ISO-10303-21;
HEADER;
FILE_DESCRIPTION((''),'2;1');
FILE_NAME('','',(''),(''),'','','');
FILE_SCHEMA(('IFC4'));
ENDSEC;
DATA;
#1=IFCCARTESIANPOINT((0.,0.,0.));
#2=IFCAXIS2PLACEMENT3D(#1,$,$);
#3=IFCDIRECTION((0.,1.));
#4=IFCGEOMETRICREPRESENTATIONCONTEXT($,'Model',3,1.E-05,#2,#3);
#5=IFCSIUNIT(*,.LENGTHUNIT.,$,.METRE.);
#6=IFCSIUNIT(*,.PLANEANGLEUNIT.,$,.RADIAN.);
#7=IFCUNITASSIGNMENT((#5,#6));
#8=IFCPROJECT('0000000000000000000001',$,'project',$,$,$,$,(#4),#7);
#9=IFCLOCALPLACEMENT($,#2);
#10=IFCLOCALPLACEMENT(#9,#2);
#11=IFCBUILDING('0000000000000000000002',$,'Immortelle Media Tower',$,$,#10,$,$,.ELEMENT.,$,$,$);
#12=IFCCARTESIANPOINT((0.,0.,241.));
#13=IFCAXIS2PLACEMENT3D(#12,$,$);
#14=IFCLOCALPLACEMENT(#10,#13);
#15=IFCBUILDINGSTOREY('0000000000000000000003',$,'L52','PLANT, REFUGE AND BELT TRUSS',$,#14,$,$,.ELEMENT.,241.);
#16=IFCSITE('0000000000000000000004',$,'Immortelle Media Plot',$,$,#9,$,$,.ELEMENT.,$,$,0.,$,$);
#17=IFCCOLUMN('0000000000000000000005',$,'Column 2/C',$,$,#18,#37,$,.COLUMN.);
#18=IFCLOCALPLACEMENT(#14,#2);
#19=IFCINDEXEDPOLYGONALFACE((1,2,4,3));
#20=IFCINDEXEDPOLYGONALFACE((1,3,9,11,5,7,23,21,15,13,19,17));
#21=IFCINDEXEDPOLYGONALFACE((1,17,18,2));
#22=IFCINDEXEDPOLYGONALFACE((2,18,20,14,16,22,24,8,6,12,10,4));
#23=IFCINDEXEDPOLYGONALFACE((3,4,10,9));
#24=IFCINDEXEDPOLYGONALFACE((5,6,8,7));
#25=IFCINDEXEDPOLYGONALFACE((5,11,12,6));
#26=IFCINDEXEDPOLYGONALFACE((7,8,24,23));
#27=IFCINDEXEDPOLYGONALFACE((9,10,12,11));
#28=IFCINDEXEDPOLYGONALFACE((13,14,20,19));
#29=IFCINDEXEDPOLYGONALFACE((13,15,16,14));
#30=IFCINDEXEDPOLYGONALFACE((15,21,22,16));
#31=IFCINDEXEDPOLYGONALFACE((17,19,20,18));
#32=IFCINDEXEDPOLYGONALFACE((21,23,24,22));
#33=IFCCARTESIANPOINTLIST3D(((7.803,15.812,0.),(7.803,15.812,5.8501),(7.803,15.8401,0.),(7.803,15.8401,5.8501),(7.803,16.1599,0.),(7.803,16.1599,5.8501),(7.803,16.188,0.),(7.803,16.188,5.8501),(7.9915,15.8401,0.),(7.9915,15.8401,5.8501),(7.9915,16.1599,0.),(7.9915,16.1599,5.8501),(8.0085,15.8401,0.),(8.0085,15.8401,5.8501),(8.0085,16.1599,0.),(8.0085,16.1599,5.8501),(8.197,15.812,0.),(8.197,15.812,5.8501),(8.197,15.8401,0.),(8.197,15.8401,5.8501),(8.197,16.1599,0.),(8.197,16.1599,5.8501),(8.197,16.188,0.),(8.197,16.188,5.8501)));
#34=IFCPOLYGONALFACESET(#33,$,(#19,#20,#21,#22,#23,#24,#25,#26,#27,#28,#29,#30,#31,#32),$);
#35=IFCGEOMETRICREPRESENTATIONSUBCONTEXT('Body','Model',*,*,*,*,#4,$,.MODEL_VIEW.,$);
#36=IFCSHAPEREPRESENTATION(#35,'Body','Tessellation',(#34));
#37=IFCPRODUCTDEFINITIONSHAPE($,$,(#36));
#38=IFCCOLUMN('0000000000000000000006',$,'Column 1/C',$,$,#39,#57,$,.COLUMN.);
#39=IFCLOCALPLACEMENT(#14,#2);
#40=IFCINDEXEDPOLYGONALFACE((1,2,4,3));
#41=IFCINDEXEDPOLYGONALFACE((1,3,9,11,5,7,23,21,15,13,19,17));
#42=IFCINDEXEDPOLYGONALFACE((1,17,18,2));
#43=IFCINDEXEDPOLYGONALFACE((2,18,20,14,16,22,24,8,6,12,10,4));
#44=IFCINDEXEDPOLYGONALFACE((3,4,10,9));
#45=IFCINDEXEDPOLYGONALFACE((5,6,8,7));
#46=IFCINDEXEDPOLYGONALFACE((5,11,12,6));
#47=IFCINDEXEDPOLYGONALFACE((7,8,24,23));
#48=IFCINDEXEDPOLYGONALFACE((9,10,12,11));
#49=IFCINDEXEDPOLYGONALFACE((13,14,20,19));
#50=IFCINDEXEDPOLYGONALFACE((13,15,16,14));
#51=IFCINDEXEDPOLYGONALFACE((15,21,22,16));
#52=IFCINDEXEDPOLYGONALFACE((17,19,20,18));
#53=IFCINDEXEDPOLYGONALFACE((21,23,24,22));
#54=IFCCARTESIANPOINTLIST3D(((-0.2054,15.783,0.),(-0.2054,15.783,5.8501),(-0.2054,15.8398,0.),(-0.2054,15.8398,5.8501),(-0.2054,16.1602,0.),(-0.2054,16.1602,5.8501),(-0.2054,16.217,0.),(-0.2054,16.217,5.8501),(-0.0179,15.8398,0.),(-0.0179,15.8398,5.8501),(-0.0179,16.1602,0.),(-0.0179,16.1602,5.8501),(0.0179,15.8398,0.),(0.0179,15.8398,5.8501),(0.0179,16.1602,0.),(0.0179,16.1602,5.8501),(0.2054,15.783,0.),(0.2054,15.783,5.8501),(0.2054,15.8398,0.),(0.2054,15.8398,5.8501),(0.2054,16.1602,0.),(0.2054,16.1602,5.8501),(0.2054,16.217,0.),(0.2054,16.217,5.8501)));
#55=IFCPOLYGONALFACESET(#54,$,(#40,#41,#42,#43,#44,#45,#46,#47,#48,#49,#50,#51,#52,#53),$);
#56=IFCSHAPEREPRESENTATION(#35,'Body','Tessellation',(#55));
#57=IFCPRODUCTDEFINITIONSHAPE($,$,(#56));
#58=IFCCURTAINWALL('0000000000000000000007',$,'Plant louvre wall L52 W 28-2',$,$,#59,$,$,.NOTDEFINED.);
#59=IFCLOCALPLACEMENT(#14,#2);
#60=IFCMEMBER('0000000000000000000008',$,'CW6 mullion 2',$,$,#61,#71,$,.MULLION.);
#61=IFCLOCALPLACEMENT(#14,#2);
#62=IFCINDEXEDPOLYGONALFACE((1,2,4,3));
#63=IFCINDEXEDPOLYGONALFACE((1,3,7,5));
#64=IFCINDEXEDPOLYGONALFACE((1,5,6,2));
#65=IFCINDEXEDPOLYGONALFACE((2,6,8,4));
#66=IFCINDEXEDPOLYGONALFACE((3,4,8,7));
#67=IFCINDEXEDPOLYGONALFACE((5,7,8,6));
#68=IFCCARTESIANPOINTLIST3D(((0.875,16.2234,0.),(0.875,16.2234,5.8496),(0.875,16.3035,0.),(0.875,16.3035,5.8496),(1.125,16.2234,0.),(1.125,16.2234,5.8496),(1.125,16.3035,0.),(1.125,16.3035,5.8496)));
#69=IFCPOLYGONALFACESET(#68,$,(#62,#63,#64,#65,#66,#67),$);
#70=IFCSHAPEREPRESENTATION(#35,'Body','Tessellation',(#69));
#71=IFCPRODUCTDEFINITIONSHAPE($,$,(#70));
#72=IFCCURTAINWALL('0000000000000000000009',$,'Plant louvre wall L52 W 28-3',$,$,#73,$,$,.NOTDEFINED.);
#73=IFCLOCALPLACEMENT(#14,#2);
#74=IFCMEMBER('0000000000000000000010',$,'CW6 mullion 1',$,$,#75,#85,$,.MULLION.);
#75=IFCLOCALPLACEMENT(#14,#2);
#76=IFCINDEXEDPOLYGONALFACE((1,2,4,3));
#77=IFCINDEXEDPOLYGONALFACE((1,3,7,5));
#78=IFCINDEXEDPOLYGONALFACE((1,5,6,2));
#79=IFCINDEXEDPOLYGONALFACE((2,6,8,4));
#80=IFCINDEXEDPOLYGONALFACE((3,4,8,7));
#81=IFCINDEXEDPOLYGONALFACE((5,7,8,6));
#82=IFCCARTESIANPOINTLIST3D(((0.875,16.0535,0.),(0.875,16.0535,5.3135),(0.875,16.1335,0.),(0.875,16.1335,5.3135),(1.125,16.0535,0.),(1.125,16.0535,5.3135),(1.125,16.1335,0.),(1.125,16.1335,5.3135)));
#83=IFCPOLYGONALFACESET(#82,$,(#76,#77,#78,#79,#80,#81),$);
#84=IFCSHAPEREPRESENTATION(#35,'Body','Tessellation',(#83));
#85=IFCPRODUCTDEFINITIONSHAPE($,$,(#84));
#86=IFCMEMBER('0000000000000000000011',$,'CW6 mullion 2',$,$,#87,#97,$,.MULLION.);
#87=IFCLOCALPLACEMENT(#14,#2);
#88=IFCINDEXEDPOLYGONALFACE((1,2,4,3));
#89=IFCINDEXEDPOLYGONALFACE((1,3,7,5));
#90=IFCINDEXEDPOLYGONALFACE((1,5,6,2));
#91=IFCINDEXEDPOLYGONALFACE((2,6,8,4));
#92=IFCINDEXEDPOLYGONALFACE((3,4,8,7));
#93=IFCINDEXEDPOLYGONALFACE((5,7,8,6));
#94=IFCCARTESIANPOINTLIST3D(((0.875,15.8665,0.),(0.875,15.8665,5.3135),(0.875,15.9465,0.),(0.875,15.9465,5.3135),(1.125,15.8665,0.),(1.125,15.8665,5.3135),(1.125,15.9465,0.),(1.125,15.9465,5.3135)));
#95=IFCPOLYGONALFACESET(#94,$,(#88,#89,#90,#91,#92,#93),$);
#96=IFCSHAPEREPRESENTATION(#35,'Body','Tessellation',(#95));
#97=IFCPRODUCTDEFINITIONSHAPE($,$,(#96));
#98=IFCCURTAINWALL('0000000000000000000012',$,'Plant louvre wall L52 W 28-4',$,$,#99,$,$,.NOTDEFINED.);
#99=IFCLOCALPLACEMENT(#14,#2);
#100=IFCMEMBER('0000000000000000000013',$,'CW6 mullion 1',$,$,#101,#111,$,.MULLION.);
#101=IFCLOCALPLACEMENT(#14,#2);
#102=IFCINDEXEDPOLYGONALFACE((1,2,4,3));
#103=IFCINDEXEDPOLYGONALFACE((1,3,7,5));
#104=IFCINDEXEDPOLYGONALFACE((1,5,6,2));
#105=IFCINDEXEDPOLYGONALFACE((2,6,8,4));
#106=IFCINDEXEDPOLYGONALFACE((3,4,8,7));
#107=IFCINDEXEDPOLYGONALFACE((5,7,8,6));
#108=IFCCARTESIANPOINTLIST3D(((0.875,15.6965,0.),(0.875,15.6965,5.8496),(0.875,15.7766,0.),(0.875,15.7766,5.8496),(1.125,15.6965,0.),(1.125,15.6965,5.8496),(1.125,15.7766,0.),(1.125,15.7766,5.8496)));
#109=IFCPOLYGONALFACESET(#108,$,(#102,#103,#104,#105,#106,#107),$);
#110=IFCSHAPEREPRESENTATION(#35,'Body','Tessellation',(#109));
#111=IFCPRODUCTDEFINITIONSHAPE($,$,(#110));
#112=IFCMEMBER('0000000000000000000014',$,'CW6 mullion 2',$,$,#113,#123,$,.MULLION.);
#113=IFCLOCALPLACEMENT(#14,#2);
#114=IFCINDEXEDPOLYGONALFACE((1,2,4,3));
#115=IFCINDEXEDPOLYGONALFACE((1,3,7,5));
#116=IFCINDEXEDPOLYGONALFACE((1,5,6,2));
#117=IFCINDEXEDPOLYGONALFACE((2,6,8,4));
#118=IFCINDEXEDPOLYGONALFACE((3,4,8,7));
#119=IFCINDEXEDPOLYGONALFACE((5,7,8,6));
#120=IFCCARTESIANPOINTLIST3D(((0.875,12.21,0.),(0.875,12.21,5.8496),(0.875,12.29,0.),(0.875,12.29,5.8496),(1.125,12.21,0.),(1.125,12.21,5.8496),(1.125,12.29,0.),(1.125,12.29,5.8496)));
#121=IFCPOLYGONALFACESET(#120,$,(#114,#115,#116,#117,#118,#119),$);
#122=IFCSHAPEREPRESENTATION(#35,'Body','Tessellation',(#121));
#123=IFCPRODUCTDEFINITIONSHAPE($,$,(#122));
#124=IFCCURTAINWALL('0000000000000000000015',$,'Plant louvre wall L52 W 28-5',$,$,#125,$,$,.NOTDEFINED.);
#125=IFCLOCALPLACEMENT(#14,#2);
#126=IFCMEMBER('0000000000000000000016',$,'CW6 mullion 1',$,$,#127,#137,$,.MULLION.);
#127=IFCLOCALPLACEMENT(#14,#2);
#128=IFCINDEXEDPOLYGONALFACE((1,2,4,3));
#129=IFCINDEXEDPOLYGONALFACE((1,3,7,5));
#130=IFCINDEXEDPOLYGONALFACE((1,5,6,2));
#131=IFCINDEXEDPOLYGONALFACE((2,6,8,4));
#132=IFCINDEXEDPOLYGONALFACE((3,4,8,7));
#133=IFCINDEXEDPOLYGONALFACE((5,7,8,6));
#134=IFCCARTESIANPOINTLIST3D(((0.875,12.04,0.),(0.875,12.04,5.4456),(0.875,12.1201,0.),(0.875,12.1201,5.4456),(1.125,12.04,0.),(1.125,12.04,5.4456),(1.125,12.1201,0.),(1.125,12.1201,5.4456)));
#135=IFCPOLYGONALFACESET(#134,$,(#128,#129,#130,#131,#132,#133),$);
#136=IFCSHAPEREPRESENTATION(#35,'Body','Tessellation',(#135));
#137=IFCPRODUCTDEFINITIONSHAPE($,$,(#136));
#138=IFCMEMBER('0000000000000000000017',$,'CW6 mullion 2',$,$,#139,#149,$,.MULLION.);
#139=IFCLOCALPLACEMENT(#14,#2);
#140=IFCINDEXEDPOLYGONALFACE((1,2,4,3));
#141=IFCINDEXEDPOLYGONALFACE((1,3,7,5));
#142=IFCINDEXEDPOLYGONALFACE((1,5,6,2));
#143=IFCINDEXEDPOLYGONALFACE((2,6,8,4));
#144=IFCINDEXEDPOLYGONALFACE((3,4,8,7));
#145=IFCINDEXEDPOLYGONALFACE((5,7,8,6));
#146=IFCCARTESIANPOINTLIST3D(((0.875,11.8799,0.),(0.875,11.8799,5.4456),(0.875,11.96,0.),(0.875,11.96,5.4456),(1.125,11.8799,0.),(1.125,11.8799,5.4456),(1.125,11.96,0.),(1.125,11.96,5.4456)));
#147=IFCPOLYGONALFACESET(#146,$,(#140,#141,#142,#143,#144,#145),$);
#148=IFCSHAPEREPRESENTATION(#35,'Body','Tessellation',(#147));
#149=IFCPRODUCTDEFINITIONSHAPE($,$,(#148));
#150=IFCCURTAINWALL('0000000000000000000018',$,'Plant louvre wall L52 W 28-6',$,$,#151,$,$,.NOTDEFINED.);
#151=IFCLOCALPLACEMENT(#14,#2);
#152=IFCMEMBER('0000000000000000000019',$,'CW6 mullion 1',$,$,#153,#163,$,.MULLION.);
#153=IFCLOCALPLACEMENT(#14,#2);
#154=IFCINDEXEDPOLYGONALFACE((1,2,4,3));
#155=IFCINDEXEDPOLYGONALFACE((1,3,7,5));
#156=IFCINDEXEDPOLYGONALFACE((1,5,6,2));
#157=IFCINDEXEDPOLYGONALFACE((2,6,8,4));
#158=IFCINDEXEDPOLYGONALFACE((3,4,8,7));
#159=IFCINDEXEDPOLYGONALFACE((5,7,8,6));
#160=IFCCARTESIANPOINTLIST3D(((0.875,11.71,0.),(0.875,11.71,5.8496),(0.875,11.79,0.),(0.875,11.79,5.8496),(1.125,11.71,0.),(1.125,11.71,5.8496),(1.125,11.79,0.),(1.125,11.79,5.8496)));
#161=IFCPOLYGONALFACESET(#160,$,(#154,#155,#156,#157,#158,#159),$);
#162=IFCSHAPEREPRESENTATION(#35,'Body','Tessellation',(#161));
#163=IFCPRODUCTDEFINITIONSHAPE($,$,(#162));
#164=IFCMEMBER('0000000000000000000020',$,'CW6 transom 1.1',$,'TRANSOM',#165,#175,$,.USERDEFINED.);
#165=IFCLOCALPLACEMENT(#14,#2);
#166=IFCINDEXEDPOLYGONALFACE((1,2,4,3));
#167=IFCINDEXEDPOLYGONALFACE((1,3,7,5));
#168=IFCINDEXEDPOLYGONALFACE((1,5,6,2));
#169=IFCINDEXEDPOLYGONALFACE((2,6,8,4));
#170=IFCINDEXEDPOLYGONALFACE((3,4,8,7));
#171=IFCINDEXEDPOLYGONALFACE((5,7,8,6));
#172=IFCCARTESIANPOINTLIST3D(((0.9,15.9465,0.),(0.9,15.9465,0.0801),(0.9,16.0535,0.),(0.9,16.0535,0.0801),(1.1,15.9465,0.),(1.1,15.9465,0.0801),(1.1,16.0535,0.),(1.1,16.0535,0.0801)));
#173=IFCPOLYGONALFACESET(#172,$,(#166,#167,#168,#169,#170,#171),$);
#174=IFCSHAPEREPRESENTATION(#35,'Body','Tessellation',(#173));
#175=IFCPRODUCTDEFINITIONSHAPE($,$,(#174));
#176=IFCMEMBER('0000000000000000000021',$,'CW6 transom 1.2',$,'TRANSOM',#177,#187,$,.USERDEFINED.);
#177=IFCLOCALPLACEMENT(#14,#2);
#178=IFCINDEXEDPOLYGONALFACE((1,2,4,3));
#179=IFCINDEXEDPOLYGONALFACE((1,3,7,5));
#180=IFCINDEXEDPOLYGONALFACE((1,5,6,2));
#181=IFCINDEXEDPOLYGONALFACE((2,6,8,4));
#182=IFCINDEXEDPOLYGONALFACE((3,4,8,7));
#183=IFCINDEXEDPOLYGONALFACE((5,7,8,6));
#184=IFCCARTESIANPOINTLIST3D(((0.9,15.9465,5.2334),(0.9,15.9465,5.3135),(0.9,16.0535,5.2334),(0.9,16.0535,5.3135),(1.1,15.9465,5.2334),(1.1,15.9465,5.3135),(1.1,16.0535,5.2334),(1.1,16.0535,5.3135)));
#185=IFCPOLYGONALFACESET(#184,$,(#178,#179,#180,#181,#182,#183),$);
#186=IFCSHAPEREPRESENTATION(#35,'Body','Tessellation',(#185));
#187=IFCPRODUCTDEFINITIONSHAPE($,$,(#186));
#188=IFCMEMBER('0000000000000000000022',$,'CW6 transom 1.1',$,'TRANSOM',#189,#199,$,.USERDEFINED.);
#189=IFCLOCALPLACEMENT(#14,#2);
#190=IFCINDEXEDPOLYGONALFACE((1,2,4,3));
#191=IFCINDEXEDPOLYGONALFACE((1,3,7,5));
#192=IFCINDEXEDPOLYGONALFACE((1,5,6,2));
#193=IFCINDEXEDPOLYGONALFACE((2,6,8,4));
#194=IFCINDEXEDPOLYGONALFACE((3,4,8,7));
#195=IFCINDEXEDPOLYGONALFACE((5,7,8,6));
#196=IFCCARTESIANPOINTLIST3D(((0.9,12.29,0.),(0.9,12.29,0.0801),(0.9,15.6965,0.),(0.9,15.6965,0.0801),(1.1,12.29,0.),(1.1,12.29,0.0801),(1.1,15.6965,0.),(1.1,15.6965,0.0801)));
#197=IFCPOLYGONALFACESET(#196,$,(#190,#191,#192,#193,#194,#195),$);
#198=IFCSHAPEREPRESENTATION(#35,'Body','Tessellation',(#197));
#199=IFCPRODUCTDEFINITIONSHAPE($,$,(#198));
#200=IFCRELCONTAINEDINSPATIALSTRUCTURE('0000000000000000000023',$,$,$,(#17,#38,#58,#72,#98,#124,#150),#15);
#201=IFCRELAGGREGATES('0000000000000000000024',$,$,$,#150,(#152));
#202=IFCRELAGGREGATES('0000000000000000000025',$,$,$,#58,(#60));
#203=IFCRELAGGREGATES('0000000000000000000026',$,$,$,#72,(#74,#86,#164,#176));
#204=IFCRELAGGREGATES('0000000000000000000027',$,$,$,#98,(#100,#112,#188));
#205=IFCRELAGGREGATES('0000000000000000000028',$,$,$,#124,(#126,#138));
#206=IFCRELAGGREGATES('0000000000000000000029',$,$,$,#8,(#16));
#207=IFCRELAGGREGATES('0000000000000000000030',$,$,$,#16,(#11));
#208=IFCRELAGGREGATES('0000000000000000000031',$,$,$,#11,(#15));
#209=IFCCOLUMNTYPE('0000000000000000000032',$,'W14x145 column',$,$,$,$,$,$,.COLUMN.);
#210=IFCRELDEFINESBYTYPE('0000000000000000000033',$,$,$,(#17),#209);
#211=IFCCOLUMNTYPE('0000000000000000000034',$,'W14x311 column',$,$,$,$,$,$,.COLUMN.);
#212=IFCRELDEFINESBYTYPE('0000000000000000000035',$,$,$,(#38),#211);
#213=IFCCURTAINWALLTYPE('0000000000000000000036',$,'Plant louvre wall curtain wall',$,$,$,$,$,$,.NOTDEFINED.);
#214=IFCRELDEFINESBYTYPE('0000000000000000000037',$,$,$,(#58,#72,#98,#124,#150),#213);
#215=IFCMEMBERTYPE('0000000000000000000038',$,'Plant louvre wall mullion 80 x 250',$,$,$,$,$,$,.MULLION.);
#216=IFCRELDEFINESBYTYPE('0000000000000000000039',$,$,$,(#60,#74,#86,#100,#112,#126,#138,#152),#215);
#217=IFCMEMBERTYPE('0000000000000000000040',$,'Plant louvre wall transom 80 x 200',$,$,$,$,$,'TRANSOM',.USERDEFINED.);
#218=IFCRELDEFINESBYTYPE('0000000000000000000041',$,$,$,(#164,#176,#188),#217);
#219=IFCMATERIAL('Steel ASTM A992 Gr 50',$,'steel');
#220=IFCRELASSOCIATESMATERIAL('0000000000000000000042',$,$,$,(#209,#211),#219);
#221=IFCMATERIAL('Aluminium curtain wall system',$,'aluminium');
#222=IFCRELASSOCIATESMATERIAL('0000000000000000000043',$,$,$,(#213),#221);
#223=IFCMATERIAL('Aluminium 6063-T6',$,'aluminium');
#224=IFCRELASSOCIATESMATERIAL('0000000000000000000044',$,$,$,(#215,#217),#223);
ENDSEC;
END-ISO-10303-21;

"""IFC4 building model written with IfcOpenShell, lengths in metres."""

from ifc_helpers import new_model, si_unit, direction, frame, origin, origin_2d, place, context, subcontext, project, spatial, rectangle, i_section, extrude, material, material_profile, profile_set, type_object, element, aggregate, save


model = new_model("IFC4")

# Units and contexts
model_context = context("Model", 3, precision=1e-05, world=origin(), true_north=direction((0.0, 1.0)))
body_context = subcontext(model_context, "Body", "Model", "MODEL_VIEW")
ifc_project = project(units=[si_unit("LENGTHUNIT", "METRE"), si_unit("PLANEANGLEUNIT", "RADIAN")], contexts=[model_context])

# Site, building, storey
site_placement = place(None, origin())
site = spatial("IfcSite", under=ifc_project, at=site_placement, Name="Immortelle Media Plot", CompositionType="ELEMENT", RefElevation=0.0)
building_placement = place(site_placement, origin())
building = spatial("IfcBuilding", under=site, at=building_placement, Name="Immortelle Media Tower", CompositionType="ELEMENT")
storey_placement = place(building_placement, frame((0.0, 0.0, 241.0)))
storey = spatial("IfcBuildingStorey", under=building, at=storey_placement, Name="L52", Description="PLANT, REFUGE AND BELT TRUSS", CompositionType="ELEMENT", Elevation=241.0)

# Columns
ifc_material_1 = material(Name="Steel ASTM A992 Gr 50", Category="steel")
ifc_material_profile_1 = material_profile(ifc_material_1, i_section(OverallWidth=0.394, OverallDepth=0.376, WebThickness=0.0171, FlangeThickness=0.0281, at=origin_2d()), Name="W14x145")
ifc_profile_set_1 = profile_set([ifc_material_profile_1], Name="Steel ASTM A992 Gr 50")
column_type_1 = type_object("IfcColumnType", Name="W14x145 column", PredefinedType="COLUMN", material=ifc_profile_set_1)
column_1_placement = place(storey_placement, frame((8.0, 16.0, 0.0), z_axis=(0.0, 0.0, 1.0), x_axis=(1.0, 0.0, 0.0)))
element("IfcColumn", 1, at=column_1_placement, inside=storey, type_object=column_type_1, Name="Column 2/C", PredefinedType="COLUMN", context=body_context, shape_type="SweptSolid", body=[
    extrude(i_section(OverallWidth=0.394, OverallDepth=0.376, WebThickness=0.0171, FlangeThickness=0.0281, at=origin_2d()), origin(), (0.0, 0.0, 1.0), 5.8501),
])
ifc_material_profile_2 = material_profile(ifc_material_1, i_section(OverallWidth=0.4109, OverallDepth=0.4341, WebThickness=0.0359, FlangeThickness=0.0569, at=origin_2d()), Name="W14x311")
ifc_profile_set_2 = profile_set([ifc_material_profile_2], Name="Steel ASTM A992 Gr 50")
column_type_2 = type_object("IfcColumnType", Name="W14x311 column", PredefinedType="COLUMN", material=ifc_profile_set_2)
column_2_placement = place(storey_placement, frame((0.0, 16.0, 0.0), z_axis=(0.0, 0.0, 1.0), x_axis=(1.0, 0.0, 0.0)))
element("IfcColumn", 2, at=column_2_placement, inside=storey, type_object=column_type_2, Name="Column 1/C", PredefinedType="COLUMN", context=body_context, shape_type="SweptSolid", body=[
    extrude(i_section(OverallWidth=0.4109, OverallDepth=0.4341, WebThickness=0.0359, FlangeThickness=0.0569, at=origin_2d()), origin(), (0.0, 0.0, 1.0), 5.8501),
])

# Curtain wall, member
ifc_material_2 = material(Name="Aluminium curtain wall system", Category="aluminium")
curtain_wall_type = type_object("IfcCurtainWallType", Name="Plant louvre wall curtain wall", PredefinedType="NOTDEFINED", material=ifc_material_2)
curtain_wall_1_placement = place(storey_placement, origin())
curtain_wall_1 = element("IfcCurtainWall", 3, at=curtain_wall_1_placement, inside=storey, type_object=curtain_wall_type, Name="Plant louvre wall L52 W 28-2", PredefinedType="NOTDEFINED")
ifc_material_3 = material(Name="Aluminium 6063-T6", Category="aluminium")
ifc_material_profile_3 = material_profile(ifc_material_3, rectangle(XDim=0.25, YDim=0.0801, at=origin_2d()), Name="AL 80x250")
ifc_profile_set_3 = profile_set([ifc_material_profile_3], Name="Aluminium 6063-T6")
member_type_1 = type_object("IfcMemberType", Name="Plant louvre wall mullion 80 x 250", PredefinedType="MULLION", material=ifc_profile_set_3)
member_1_placement = place(storey_placement, frame((1.0, 16.2634, 0.0), z_axis=(0.0, 0.0, 1.0), x_axis=(1.0, 0.0, 0.0)))
member_1 = element("IfcMember", 4, at=member_1_placement, type_object=member_type_1, Name="CW6 mullion 2", PredefinedType="MULLION", context=body_context, shape_type="SweptSolid", body=[
    extrude(rectangle(XDim=0.25, YDim=0.0801, at=origin_2d()), origin(), (0.0, 0.0, 1.0), 5.8496),
])

# Curtain walls, members
curtain_wall_2_placement = place(storey_placement, origin())
curtain_wall_2 = element("IfcCurtainWall", 5, at=curtain_wall_2_placement, inside=storey, type_object=curtain_wall_type, Name="Plant louvre wall L52 W 28-3", PredefinedType="NOTDEFINED")
member_2_placement = place(storey_placement, frame((1.0, 16.0935, 0.0), z_axis=(0.0, 0.0, 1.0), x_axis=(1.0, 0.0, 0.0)))
member_2 = element("IfcMember", 6, at=member_2_placement, type_object=member_type_1, Name="CW6 mullion 1", PredefinedType="MULLION", context=body_context, shape_type="SweptSolid", body=[
    extrude(rectangle(XDim=0.25, YDim=0.0801, at=origin_2d()), origin(), (0.0, 0.0, 1.0), 5.3135),
])
member_3_placement = place(storey_placement, frame((1.0, 15.9065, 0.0), z_axis=(0.0, 0.0, 1.0), x_axis=(1.0, 0.0, 0.0)))
member_3 = element("IfcMember", 7, at=member_3_placement, type_object=member_type_1, Name="CW6 mullion 2", PredefinedType="MULLION", context=body_context, shape_type="SweptSolid", body=[
    extrude(rectangle(XDim=0.25, YDim=0.0801, at=origin_2d()), origin(), (0.0, 0.0, 1.0), 5.3135),
])
curtain_wall_3_placement = place(storey_placement, origin())
curtain_wall_3 = element("IfcCurtainWall", 8, at=curtain_wall_3_placement, inside=storey, type_object=curtain_wall_type, Name="Plant louvre wall L52 W 28-4", PredefinedType="NOTDEFINED")
member_4_placement = place(storey_placement, frame((1.0, 15.7366, 0.0), z_axis=(0.0, 0.0, 1.0), x_axis=(1.0, 0.0, 0.0)))
member_4 = element("IfcMember", 9, at=member_4_placement, type_object=member_type_1, Name="CW6 mullion 1", PredefinedType="MULLION", context=body_context, shape_type="SweptSolid", body=[
    extrude(rectangle(XDim=0.25, YDim=0.0801, at=origin_2d()), origin(), (0.0, 0.0, 1.0), 5.8496),
])
member_5_placement = place(storey_placement, frame((1.0, 12.25, 0.0), z_axis=(0.0, 0.0, 1.0), x_axis=(1.0, 0.0, 0.0)))
member_5 = element("IfcMember", 10, at=member_5_placement, type_object=member_type_1, Name="CW6 mullion 2", PredefinedType="MULLION", context=body_context, shape_type="SweptSolid", body=[
    extrude(rectangle(XDim=0.25, YDim=0.0801, at=origin_2d()), origin(), (0.0, 0.0, 1.0), 5.8496),
])
curtain_wall_4_placement = place(storey_placement, origin())
curtain_wall_4 = element("IfcCurtainWall", 11, at=curtain_wall_4_placement, inside=storey, type_object=curtain_wall_type, Name="Plant louvre wall L52 W 28-5", PredefinedType="NOTDEFINED")
member_6_placement = place(storey_placement, frame((1.0, 12.0801, 0.0), z_axis=(0.0, 0.0, 1.0), x_axis=(1.0, 0.0, 0.0)))
member_6 = element("IfcMember", 12, at=member_6_placement, type_object=member_type_1, Name="CW6 mullion 1", PredefinedType="MULLION", context=body_context, shape_type="SweptSolid", body=[
    extrude(rectangle(XDim=0.25, YDim=0.0801, at=origin_2d()), origin(), (0.0, 0.0, 1.0), 5.4456),
])
member_7_placement = place(storey_placement, frame((1.0, 11.9199, 0.0), z_axis=(0.0, 0.0, 1.0), x_axis=(1.0, 0.0, 0.0)))
member_7 = element("IfcMember", 13, at=member_7_placement, type_object=member_type_1, Name="CW6 mullion 2", PredefinedType="MULLION", context=body_context, shape_type="SweptSolid", body=[
    extrude(rectangle(XDim=0.25, YDim=0.0801, at=origin_2d()), origin(), (0.0, 0.0, 1.0), 5.4456),
])

# Curtain wall, member
curtain_wall_5_placement = place(storey_placement, origin())
curtain_wall_5 = element("IfcCurtainWall", 14, at=curtain_wall_5_placement, inside=storey, type_object=curtain_wall_type, Name="Plant louvre wall L52 W 28-6", PredefinedType="NOTDEFINED")
member_8_placement = place(storey_placement, frame((1.0, 11.75, 0.0), z_axis=(0.0, 0.0, 1.0), x_axis=(1.0, 0.0, 0.0)))
member_8 = element("IfcMember", 15, at=member_8_placement, type_object=member_type_1, Name="CW6 mullion 1", PredefinedType="MULLION", context=body_context, shape_type="SweptSolid", body=[
    extrude(rectangle(XDim=0.25, YDim=0.0801, at=origin_2d()), origin(), (0.0, 0.0, 1.0), 5.8496),
])

# Members
ifc_material_profile_4 = material_profile(ifc_material_3, rectangle(XDim=0.2, YDim=0.0801, at=origin_2d()), Name="AL 80x200")
ifc_profile_set_4 = profile_set([ifc_material_profile_4], Name="Aluminium 6063-T6")
member_type_2 = type_object("IfcMemberType", Name="Plant louvre wall transom 80 x 200", ElementType="TRANSOM", PredefinedType="USERDEFINED", material=ifc_profile_set_4)
member_9_placement = place(storey_placement, frame((1.0, 16.0535, 0.04), z_axis=(0.0, -1.0, 0.0), x_axis=(1.0, 0.0, 0.0)))
member_9 = element("IfcMember", 16, at=member_9_placement, type_object=member_type_2, Name="CW6 transom 1.1", ObjectType="TRANSOM", PredefinedType="USERDEFINED", context=body_context, shape_type="SweptSolid", body=[
    extrude(rectangle(XDim=0.2, YDim=0.0801, at=origin_2d()), origin(), (0.0, 0.0, 1.0), 0.1069),
])
member_10_placement = place(storey_placement, frame((1.0, 16.0535, 5.2734), z_axis=(0.0, -1.0, 0.0), x_axis=(1.0, 0.0, 0.0)))
member_10 = element("IfcMember", 17, at=member_10_placement, type_object=member_type_2, Name="CW6 transom 1.2", ObjectType="TRANSOM", PredefinedType="USERDEFINED", context=body_context, shape_type="SweptSolid", body=[
    extrude(rectangle(XDim=0.2, YDim=0.0801, at=origin_2d()), origin(), (0.0, 0.0, 1.0), 0.1069),
])
member_11_placement = place(storey_placement, frame((1.0, 15.6965, 0.04), z_axis=(0.0, -1.0, 0.0), x_axis=(1.0, 0.0, 0.0)))
member_11 = element("IfcMember", 18, at=member_11_placement, type_object=member_type_2, Name="CW6 transom 1.1", ObjectType="TRANSOM", PredefinedType="USERDEFINED", context=body_context, shape_type="SweptSolid", body=[
    extrude(rectangle(XDim=0.2, YDim=0.0801, at=origin_2d()), origin(), (0.0, 0.0, 1.0), 3.4065),
])
aggregate(curtain_wall_5, [member_8])

aggregate(curtain_wall_1, [member_1])
aggregate(curtain_wall_2, [member_2, member_3, member_9, member_10])
aggregate(curtain_wall_3, [member_4, member_5, member_11])
aggregate(curtain_wall_4, [member_6, member_7])

save(model, "model.ifc")
